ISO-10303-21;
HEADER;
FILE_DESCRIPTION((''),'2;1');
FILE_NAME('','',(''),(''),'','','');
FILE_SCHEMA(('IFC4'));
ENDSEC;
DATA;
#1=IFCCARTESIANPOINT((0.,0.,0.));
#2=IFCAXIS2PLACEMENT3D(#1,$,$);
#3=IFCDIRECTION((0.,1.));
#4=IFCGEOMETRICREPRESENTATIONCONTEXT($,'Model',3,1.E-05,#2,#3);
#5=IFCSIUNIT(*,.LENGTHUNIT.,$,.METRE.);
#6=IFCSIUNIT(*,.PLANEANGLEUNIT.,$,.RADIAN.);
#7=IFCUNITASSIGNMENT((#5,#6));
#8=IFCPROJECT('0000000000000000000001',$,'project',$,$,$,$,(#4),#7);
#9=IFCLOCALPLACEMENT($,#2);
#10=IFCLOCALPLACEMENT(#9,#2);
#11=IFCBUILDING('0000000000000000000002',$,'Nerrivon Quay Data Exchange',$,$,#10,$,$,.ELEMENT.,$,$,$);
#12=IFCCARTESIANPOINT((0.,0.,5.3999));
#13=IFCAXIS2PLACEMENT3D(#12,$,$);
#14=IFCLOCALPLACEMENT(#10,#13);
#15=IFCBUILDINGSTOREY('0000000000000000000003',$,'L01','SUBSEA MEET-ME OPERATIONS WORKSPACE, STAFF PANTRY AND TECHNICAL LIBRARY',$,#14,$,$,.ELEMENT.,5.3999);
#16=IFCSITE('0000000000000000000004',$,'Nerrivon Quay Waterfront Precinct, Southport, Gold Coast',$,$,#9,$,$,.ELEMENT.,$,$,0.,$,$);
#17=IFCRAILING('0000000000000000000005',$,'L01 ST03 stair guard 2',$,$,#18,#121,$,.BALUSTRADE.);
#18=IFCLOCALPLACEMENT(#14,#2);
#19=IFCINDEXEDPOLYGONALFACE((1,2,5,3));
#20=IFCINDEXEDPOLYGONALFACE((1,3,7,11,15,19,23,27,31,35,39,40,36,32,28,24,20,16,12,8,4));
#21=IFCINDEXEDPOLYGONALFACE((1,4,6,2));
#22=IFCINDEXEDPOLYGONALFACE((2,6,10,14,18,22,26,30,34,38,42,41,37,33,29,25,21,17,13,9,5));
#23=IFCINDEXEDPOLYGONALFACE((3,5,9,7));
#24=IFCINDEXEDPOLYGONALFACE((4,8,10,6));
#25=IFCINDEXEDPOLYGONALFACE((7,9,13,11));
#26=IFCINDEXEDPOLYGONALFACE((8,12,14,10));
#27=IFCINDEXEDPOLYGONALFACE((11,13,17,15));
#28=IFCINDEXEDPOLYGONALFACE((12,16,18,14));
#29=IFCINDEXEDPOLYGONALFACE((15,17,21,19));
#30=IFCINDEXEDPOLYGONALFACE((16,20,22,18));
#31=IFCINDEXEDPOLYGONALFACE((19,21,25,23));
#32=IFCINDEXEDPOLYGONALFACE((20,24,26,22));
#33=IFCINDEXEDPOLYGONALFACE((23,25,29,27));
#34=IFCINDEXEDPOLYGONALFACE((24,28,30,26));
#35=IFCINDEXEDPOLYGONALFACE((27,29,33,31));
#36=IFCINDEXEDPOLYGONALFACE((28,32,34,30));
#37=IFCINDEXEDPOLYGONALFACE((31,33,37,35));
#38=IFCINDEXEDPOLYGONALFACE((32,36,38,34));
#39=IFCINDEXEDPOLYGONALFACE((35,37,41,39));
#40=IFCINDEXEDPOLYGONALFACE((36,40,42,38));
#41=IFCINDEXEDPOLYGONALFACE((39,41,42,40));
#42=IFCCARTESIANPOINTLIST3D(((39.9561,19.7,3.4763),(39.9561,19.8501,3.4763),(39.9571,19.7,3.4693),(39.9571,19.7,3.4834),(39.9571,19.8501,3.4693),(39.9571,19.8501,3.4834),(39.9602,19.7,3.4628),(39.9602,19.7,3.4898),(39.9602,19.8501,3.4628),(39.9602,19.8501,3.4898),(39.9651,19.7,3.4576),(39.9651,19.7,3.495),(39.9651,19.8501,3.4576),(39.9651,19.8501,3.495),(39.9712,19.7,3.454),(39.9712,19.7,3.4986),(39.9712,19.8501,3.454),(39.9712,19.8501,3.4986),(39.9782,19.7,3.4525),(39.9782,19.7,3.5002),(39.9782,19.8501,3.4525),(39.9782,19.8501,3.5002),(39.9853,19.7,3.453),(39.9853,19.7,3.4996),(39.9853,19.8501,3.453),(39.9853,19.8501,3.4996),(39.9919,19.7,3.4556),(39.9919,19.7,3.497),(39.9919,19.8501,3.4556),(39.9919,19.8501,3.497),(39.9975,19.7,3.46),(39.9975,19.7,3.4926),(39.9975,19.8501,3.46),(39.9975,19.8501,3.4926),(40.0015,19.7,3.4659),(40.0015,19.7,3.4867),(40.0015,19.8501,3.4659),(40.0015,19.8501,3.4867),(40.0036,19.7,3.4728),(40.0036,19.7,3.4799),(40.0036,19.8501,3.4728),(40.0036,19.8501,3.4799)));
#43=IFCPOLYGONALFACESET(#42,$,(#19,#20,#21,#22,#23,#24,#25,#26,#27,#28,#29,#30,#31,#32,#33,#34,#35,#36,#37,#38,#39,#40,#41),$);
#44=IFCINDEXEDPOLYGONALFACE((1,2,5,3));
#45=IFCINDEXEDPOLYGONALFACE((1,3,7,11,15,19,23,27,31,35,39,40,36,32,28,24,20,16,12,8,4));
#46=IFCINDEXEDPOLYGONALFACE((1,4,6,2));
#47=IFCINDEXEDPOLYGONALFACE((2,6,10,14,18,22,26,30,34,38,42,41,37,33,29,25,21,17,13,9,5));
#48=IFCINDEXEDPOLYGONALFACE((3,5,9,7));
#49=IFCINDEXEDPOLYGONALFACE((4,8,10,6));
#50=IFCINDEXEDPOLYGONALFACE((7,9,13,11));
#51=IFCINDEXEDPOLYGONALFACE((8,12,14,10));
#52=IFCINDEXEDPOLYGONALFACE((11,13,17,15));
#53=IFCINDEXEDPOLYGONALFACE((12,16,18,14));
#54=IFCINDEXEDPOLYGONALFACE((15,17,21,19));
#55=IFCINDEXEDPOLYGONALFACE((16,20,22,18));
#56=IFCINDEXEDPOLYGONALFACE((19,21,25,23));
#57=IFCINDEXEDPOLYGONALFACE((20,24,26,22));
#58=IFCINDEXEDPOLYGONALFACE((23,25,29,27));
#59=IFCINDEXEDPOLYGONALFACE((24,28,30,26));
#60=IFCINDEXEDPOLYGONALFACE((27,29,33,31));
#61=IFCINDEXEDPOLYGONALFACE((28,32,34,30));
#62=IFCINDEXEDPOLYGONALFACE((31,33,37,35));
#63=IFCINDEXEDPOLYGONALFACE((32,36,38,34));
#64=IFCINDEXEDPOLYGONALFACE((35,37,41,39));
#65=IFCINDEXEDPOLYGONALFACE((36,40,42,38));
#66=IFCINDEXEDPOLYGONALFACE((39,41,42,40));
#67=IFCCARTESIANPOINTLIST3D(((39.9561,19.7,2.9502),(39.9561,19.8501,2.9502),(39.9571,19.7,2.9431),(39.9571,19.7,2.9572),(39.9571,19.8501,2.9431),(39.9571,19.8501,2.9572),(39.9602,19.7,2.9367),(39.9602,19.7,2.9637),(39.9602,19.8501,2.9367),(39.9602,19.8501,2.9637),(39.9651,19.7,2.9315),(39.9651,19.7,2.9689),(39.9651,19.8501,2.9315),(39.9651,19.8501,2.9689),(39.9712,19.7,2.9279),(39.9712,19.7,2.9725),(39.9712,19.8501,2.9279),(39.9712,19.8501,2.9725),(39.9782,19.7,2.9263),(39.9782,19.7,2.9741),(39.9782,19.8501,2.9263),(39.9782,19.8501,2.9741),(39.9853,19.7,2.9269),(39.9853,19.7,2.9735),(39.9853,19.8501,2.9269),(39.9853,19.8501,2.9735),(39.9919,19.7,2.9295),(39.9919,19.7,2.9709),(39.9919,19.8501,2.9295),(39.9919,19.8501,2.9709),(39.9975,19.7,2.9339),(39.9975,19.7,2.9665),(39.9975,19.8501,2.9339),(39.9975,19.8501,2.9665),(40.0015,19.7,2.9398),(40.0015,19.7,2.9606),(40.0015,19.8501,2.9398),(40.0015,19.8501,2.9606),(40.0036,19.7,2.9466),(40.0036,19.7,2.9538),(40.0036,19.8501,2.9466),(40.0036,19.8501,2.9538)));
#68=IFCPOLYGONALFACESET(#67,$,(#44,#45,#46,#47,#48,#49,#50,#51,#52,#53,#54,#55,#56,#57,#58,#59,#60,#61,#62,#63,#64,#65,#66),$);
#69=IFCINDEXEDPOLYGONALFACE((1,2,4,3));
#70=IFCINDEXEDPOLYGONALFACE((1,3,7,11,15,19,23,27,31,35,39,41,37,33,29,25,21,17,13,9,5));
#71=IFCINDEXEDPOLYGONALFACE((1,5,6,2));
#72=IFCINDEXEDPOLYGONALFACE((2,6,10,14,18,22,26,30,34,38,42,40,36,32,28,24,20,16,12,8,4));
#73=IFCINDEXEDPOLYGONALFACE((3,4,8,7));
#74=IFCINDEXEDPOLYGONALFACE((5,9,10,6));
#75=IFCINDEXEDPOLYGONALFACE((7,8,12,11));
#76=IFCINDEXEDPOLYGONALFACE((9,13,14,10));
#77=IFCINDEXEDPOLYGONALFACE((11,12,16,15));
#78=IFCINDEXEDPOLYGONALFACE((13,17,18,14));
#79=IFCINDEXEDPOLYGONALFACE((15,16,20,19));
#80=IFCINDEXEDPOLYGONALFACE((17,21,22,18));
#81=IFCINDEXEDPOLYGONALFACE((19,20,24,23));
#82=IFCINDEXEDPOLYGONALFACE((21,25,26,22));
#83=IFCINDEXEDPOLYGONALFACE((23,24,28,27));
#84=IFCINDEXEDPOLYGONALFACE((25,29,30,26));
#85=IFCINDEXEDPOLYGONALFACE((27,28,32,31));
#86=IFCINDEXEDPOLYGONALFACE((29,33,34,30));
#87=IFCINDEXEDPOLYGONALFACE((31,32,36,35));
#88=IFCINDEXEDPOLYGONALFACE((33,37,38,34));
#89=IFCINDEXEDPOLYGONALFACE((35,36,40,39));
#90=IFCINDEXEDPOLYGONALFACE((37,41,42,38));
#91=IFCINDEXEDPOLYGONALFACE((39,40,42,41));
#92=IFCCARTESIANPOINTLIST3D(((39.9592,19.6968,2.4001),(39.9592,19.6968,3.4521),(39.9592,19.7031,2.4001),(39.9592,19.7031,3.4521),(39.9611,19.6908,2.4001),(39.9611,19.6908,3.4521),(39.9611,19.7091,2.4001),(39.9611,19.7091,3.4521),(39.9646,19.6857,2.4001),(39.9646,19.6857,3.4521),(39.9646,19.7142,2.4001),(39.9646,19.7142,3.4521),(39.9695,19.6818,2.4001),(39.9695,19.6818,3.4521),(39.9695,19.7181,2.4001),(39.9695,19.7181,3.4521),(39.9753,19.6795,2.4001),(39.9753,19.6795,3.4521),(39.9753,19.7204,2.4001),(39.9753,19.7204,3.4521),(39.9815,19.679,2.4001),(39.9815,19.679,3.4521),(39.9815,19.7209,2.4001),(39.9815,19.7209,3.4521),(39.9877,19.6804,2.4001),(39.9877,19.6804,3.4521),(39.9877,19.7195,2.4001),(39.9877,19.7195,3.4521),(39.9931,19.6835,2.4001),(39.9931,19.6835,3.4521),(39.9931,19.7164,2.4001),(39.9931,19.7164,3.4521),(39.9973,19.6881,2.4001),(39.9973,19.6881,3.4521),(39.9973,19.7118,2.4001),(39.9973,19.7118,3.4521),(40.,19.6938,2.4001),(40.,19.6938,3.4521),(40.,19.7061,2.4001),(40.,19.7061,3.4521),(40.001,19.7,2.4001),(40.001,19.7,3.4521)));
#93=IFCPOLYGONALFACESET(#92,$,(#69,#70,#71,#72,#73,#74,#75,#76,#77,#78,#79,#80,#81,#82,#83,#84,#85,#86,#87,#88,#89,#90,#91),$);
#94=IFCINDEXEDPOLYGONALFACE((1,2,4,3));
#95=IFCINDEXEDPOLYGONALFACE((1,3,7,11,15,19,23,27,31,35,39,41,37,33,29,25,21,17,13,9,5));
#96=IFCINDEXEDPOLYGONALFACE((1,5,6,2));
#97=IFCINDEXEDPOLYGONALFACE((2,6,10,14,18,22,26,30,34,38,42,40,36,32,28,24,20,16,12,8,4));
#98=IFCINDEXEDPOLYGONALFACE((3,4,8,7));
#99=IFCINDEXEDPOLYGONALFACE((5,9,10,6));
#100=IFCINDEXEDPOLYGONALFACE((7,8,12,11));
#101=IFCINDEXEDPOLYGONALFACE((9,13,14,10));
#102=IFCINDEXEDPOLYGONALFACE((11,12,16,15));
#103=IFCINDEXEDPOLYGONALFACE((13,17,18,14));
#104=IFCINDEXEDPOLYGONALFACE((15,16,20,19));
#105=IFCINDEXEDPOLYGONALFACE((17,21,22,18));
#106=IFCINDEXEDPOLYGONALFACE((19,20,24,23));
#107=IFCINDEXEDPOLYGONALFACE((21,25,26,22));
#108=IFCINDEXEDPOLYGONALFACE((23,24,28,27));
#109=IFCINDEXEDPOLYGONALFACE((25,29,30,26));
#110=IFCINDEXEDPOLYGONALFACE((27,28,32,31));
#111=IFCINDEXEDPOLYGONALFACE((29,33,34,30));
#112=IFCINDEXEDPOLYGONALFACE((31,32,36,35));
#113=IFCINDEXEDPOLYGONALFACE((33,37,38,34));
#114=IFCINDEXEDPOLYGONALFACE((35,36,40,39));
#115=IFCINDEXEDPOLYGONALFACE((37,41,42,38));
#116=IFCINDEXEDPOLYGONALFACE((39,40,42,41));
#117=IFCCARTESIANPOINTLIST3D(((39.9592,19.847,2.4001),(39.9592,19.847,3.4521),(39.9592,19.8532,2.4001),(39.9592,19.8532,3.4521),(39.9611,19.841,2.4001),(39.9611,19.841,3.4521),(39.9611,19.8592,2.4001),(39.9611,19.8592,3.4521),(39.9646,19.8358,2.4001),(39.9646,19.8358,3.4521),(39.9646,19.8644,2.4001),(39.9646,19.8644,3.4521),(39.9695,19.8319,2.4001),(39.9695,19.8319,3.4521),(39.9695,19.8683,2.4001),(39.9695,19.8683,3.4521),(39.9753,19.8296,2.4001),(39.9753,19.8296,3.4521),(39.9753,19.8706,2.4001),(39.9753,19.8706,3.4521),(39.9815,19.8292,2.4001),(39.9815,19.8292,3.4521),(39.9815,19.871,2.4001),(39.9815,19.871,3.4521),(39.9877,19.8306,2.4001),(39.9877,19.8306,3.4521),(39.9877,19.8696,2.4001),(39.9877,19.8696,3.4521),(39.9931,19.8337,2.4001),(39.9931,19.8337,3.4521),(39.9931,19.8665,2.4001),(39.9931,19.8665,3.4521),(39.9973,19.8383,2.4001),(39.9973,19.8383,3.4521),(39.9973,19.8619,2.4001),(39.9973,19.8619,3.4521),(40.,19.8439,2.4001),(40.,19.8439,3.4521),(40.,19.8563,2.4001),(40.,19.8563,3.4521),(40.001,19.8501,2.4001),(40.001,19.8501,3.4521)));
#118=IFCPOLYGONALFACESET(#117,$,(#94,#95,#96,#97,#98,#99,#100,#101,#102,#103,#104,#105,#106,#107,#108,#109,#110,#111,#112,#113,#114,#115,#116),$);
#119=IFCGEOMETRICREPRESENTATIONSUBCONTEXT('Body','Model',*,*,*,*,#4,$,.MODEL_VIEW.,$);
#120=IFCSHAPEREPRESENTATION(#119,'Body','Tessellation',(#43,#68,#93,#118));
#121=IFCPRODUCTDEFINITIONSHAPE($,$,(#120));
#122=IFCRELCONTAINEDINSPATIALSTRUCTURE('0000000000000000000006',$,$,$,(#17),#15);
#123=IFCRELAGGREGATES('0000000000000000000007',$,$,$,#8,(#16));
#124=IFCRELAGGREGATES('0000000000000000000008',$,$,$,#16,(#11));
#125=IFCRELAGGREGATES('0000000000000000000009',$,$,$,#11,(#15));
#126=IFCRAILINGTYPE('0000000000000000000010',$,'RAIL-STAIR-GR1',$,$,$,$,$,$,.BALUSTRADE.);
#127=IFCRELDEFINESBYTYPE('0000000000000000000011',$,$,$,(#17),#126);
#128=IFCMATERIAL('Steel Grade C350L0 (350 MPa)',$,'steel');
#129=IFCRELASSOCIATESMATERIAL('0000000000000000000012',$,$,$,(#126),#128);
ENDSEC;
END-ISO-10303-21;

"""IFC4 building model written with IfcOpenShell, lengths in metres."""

from ifc_helpers import new_model, si_unit, direction, frame, origin, origin_2d, place, context, subcontext, project, spatial, circle, extrude, material, type_object, element, save


model = new_model("IFC4")

# Units and contexts
model_context = context("Model", 3, precision=1e-05, world=origin(), true_north=direction((0.0, 1.0)))
body_context = subcontext(model_context, "Body", "Model", "MODEL_VIEW")
ifc_project = project(units=[si_unit("LENGTHUNIT", "METRE"), si_unit("PLANEANGLEUNIT", "RADIAN")], contexts=[model_context])

# Site, building, storey
site_placement = place(None, origin())
site = spatial("IfcSite", under=ifc_project, at=site_placement, Name="Nerrivon Quay Waterfront Precinct, Southport, Gold Coast", CompositionType="ELEMENT", RefElevation=0.0)
building_placement = place(site_placement, origin())
building = spatial("IfcBuilding", under=site, at=building_placement, Name="Nerrivon Quay Data Exchange", CompositionType="ELEMENT")
storey_placement = place(building_placement, frame((0.0, 0.0, 5.3999)))
storey = spatial("IfcBuildingStorey", under=building, at=storey_placement, Name="L01", Description="SUBSEA MEET-ME OPERATIONS WORKSPACE, STAFF PANTRY AND TECHNICAL LIBRARY", CompositionType="ELEMENT", Elevation=5.3999)

# Railing
ifc_material_1 = material(Name="Steel Grade C350L0 (350 MPa)", Category="steel")
railing_type_1 = type_object("IfcRailingType", Name="RAIL-STAIR-GR1", PredefinedType="BALUSTRADE", material=ifc_material_1)
railing_1_placement = place(storey_placement, frame((39.98, 19.7, 2.4001)))
element("IfcRailing", 1, at=railing_1_placement, inside=storey, type_object=railing_type_1, Name="L01 ST03 stair guard 2", PredefinedType="BALUSTRADE", context=body_context, shape_type="SweptSolid", body=[
    extrude(circle(Radius=0.0239, at=origin_2d()), frame((0.0, 0.0, 1.0762), z_axis=(0.0, 1.0, 0.0), x_axis=(-1.0, 0.0, 0.0)), (0.0, 0.0, 1.0), 0.1501),
    extrude(circle(Radius=0.0239, at=origin_2d()), frame((0.0, 0.0, 0.55), z_axis=(0.0, 1.0, 0.0), x_axis=(-1.0, 0.0, 0.0)), (0.0, 0.0, 1.0), 0.1501),
    extrude(circle(Radius=0.021, at=origin_2d()), origin(), (0.0, 0.0, 1.0), 1.052),
    extrude(circle(Radius=0.021, at=origin_2d()), frame((0.0, 0.1501, 0.0)), (0.0, 0.0, 1.0), 1.052),
])

save(model, "model.ifc")
